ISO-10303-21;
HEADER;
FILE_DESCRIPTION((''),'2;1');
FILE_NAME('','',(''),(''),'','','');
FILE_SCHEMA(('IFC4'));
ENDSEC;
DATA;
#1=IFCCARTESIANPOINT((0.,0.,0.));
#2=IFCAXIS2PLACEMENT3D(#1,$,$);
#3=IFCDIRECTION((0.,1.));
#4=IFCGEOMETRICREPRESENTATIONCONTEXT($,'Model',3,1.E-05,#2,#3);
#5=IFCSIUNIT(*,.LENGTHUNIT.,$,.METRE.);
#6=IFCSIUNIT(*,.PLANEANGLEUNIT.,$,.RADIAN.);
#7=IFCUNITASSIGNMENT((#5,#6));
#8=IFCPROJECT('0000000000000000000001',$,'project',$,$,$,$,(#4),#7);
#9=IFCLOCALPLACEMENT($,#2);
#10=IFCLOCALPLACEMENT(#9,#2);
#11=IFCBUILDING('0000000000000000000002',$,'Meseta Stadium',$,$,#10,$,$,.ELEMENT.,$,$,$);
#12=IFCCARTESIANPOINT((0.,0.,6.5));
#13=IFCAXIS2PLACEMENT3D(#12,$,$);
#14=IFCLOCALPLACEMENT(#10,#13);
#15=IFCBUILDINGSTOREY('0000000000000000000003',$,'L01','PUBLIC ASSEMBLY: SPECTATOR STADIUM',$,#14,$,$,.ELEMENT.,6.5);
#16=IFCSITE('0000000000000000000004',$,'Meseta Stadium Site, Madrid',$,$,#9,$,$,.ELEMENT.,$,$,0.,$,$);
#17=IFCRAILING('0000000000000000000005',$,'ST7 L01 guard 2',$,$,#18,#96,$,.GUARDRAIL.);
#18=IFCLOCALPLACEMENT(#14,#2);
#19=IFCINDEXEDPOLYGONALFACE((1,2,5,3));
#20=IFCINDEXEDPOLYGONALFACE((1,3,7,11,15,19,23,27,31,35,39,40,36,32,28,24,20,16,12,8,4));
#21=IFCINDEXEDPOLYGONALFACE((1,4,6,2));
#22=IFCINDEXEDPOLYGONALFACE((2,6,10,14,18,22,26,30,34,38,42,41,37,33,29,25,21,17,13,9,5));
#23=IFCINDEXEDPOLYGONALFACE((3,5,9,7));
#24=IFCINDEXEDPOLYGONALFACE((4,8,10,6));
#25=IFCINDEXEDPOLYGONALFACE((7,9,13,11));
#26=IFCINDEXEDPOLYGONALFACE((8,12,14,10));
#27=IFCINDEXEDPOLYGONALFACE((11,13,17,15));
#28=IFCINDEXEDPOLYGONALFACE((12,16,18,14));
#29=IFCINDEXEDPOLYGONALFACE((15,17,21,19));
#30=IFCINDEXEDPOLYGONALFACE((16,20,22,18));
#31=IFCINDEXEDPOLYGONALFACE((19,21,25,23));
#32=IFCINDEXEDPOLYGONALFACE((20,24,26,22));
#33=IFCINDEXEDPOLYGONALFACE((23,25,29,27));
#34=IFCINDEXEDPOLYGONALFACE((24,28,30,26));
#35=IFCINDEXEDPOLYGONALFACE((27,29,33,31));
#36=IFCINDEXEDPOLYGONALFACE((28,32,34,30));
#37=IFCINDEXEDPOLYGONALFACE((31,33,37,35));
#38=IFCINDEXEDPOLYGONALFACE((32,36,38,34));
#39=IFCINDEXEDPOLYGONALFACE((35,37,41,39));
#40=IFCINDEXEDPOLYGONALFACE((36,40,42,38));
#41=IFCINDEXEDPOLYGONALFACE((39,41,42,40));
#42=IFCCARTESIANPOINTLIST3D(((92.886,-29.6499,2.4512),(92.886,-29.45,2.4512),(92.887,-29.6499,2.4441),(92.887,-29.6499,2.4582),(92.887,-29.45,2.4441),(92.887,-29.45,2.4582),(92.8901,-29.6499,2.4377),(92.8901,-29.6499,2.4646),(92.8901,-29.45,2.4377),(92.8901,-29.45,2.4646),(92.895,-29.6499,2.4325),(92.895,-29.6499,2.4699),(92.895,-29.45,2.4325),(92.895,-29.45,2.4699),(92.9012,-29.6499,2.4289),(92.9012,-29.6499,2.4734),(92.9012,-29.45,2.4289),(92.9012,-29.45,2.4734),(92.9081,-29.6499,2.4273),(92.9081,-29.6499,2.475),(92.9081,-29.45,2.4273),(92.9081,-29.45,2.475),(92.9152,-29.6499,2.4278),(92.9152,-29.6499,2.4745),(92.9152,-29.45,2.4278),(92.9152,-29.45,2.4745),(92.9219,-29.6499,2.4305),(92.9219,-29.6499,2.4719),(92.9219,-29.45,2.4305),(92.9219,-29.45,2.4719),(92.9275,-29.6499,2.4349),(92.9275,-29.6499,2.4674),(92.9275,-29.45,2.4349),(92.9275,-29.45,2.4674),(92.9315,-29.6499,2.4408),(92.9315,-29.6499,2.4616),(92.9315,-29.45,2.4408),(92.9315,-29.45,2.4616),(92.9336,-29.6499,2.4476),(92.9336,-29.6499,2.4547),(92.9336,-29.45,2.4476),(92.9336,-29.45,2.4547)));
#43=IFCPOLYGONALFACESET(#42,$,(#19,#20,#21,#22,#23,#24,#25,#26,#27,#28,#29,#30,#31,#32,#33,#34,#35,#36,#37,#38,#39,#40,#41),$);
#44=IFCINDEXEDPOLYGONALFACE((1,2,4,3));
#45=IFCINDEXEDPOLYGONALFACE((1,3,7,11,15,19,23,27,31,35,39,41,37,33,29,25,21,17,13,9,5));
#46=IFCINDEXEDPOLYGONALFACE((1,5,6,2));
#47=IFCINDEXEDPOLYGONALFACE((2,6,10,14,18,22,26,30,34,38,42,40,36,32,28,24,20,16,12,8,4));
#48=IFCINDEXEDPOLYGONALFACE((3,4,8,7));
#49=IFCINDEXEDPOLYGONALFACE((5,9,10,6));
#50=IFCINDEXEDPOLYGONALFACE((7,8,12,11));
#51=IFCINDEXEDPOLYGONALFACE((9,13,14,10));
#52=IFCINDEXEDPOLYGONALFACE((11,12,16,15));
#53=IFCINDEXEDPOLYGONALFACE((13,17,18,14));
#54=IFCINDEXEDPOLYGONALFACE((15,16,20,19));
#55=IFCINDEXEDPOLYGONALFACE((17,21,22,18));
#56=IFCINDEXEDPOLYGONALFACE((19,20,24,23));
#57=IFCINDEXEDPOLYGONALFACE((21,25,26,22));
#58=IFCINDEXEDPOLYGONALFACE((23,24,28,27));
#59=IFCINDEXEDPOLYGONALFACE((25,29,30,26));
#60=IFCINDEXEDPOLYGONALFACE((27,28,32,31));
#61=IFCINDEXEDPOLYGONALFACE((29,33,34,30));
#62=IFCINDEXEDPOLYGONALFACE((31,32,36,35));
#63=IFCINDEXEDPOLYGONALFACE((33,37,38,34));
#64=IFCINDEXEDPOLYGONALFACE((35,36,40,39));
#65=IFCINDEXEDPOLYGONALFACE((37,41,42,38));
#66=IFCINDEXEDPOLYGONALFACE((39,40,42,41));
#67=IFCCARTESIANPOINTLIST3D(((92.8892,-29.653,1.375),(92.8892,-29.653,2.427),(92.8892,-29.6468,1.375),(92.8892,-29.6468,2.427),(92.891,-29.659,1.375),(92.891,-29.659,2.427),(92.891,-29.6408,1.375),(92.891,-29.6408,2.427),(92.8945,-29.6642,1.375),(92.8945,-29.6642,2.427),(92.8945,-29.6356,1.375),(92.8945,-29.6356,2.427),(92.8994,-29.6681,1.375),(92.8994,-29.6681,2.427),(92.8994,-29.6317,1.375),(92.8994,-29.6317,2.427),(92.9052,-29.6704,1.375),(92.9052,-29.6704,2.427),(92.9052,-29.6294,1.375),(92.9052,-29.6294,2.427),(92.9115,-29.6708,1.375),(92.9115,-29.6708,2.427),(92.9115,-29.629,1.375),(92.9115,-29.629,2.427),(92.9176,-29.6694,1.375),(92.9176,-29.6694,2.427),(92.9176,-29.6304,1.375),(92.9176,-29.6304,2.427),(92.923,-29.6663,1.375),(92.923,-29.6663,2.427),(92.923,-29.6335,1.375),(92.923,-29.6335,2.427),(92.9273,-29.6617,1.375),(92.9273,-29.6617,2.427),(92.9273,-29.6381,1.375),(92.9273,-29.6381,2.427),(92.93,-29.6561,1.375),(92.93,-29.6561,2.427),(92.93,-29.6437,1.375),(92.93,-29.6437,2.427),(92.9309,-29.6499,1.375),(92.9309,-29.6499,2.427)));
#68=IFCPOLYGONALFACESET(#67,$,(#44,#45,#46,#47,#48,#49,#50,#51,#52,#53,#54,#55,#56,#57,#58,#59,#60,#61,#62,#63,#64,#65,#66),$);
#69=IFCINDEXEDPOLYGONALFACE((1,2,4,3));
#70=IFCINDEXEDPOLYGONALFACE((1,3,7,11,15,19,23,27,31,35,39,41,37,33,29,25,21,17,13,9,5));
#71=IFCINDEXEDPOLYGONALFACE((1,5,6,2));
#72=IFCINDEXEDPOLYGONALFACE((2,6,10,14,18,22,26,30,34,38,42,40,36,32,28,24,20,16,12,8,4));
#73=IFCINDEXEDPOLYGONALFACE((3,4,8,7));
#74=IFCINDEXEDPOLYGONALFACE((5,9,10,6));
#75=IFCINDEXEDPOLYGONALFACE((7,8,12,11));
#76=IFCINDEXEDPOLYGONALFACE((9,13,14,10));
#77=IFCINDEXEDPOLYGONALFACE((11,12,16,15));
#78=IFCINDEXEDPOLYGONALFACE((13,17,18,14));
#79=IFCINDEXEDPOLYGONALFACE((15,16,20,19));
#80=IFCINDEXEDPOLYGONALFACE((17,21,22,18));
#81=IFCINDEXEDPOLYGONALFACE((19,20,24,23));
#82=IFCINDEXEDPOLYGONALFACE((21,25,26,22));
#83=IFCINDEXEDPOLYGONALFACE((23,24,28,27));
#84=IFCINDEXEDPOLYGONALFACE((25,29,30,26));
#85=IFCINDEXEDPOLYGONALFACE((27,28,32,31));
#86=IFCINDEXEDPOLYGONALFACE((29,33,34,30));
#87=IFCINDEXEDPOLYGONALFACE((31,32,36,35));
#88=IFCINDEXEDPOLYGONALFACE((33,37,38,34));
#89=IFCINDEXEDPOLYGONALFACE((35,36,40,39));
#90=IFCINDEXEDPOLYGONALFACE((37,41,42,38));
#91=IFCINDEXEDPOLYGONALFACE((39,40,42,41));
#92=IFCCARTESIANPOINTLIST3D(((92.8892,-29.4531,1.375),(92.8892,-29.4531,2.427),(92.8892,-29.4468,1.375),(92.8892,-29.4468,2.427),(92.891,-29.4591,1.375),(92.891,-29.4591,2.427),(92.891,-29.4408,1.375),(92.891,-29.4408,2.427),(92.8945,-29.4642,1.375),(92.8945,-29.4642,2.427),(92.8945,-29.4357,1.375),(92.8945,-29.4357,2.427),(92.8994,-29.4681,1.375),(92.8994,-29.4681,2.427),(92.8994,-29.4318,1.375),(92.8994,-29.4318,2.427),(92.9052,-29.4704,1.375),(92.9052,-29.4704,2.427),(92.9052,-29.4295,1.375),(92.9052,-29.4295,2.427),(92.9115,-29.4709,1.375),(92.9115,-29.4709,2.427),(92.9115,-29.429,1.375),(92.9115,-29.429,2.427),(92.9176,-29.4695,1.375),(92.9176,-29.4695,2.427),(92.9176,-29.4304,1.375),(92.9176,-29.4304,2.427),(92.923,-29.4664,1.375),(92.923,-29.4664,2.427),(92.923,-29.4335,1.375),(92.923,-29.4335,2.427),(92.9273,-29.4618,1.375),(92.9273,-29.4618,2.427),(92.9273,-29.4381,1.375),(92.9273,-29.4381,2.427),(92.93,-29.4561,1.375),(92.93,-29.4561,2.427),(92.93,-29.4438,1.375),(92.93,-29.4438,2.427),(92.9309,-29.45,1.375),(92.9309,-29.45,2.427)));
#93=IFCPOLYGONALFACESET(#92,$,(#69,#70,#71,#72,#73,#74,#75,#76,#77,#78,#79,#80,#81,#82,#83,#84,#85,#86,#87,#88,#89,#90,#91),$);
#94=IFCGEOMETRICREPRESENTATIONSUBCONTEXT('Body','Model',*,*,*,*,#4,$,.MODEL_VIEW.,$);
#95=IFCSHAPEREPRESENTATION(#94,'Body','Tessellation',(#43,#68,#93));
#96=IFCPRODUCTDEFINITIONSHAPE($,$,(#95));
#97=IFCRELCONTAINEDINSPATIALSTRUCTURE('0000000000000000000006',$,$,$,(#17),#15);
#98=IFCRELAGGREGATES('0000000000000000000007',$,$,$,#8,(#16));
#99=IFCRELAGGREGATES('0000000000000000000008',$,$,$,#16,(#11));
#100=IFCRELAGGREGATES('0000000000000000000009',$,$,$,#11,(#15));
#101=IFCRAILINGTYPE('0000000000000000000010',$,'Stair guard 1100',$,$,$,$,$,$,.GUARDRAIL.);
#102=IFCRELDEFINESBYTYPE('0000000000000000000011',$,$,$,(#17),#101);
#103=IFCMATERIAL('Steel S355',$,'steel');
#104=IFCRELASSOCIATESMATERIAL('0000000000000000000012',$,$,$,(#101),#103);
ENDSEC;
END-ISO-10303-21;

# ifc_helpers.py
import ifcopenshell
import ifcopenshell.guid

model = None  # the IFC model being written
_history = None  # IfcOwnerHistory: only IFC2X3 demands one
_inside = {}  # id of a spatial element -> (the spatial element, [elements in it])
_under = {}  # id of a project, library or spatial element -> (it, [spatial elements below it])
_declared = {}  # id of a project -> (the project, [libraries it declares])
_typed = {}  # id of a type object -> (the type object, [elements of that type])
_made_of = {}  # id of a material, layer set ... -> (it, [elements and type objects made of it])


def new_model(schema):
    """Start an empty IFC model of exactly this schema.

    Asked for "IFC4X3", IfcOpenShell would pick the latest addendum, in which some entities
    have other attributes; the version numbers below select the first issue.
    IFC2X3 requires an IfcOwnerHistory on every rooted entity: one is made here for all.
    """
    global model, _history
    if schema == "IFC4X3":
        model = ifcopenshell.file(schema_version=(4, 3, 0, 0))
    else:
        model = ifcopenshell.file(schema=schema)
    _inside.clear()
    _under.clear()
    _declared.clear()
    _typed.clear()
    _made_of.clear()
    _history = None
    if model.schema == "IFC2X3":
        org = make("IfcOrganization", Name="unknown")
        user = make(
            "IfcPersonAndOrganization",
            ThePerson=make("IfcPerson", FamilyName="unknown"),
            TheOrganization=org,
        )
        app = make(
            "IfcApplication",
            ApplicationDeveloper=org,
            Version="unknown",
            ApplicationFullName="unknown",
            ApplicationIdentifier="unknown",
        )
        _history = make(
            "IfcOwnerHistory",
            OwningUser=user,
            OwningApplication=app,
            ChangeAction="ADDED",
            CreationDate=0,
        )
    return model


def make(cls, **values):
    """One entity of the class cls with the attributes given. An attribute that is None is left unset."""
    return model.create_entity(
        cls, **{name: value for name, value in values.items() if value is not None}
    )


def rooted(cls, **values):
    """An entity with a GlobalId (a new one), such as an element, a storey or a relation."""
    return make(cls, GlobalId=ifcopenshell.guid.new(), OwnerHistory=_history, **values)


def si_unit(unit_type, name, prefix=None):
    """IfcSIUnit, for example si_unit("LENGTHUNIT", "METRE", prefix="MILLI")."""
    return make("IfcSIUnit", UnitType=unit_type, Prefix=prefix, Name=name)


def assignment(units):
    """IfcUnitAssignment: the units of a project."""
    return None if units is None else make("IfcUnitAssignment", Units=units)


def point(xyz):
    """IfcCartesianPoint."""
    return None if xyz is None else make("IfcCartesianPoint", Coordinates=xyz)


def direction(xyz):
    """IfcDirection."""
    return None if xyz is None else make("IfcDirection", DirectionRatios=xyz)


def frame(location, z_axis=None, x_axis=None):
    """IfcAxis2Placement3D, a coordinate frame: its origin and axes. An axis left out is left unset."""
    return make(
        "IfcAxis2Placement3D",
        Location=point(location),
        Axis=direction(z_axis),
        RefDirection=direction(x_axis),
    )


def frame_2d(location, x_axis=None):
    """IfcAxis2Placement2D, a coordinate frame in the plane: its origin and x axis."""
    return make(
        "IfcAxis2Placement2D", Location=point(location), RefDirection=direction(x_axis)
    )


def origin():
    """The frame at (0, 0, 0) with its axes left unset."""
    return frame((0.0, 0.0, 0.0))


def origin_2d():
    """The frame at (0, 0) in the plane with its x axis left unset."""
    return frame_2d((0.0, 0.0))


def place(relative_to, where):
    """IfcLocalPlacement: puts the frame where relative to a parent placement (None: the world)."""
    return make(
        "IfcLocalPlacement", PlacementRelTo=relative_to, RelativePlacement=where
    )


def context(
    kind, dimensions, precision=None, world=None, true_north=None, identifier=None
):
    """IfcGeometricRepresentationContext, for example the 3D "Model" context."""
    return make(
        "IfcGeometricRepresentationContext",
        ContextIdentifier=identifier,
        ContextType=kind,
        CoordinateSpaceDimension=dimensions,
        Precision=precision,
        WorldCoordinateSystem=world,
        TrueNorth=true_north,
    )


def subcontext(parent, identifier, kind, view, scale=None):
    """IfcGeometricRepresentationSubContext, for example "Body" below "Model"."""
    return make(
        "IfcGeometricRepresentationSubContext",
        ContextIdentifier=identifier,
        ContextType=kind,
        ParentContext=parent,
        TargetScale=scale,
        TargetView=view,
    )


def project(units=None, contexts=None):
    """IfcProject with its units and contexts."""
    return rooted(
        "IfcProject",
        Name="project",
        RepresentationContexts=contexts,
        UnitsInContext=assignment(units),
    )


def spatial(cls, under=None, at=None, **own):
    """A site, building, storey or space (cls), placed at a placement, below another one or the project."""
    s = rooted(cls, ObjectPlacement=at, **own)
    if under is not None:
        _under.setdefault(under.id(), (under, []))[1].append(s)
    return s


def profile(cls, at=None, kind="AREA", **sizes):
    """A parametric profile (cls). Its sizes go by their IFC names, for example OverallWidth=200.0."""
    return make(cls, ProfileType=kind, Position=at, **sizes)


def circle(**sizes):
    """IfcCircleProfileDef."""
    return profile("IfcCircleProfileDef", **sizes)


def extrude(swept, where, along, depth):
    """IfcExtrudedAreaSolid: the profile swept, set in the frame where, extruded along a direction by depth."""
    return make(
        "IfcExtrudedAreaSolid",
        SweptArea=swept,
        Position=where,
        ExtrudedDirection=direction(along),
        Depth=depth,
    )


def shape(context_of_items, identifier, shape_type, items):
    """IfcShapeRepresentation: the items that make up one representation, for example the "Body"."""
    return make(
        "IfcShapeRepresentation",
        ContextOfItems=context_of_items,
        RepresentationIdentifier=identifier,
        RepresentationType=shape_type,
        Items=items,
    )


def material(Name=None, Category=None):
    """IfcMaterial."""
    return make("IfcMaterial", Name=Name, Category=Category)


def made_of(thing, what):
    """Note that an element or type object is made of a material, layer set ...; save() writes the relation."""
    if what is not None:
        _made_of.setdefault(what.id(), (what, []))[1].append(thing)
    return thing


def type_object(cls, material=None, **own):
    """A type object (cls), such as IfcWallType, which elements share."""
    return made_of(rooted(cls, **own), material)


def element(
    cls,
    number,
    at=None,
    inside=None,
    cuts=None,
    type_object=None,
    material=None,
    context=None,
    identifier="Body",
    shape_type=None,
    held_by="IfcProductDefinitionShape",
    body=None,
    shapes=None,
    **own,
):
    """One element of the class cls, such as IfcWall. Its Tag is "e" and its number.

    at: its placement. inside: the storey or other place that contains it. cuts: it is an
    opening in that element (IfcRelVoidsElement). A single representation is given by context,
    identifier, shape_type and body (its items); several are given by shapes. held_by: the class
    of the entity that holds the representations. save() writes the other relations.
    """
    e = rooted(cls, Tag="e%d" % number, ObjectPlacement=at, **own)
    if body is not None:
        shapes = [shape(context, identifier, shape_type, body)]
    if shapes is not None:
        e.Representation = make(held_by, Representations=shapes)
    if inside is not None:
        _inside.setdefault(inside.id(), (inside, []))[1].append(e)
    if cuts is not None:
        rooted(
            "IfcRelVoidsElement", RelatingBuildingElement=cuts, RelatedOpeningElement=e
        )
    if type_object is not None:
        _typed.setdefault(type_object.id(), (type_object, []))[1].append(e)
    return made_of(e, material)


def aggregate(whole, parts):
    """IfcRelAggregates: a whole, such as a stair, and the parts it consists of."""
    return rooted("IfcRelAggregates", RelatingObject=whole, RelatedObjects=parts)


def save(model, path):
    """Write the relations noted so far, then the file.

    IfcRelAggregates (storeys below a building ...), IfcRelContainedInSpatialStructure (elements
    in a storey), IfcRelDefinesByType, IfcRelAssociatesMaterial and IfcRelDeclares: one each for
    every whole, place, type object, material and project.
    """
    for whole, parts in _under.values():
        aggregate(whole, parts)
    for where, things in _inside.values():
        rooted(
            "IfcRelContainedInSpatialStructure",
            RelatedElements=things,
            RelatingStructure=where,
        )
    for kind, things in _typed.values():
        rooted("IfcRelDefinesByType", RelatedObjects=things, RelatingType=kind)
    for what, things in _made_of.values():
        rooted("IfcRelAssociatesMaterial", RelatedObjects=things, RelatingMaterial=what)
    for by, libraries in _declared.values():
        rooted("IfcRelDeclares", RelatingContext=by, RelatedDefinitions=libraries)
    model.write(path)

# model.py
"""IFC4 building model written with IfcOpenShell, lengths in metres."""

from ifc_helpers import new_model, si_unit, direction, frame, origin, origin_2d, place, context, subcontext, project, spatial, circle, extrude, material, type_object, element, save


model = new_model("IFC4")

# Units and contexts
model_context = context("Model", 3, precision=1e-05, world=origin(), true_north=direction((0.0, 1.0)))
body_context = subcontext(model_context, "Body", "Model", "MODEL_VIEW")
ifc_project = project(units=[si_unit("LENGTHUNIT", "METRE"), si_unit("PLANEANGLEUNIT", "RADIAN")], contexts=[model_context])

# Site, building, storey
site_placement = place(None, origin())
site = spatial("IfcSite", under=ifc_project, at=site_placement, Name="Meseta Stadium Site, Madrid", CompositionType="ELEMENT", RefElevation=0.0)
building_placement = place(site_placement, origin())
building = spatial("IfcBuilding", under=site, at=building_placement, Name="Meseta Stadium", CompositionType="ELEMENT")
storey_placement = place(building_placement, frame((0.0, 0.0, 6.5)))
storey = spatial("IfcBuildingStorey", under=building, at=storey_placement, Name="L01", Description="PUBLIC ASSEMBLY: SPECTATOR STADIUM", CompositionType="ELEMENT", Elevation=6.5)

# Railing
ifc_material_1 = material(Name="Steel S355", Category="steel")
railing_type_1 = type_object("IfcRailingType", Name="Stair guard 1100", PredefinedType="GUARDRAIL", material=ifc_material_1)
railing_1_placement = place(storey_placement, frame((92.9099, -29.6499, 1.375)))
element("IfcRailing", 1, at=railing_1_placement, inside=storey, type_object=railing_type_1, Name="ST7 L01 guard 2", PredefinedType="GUARDRAIL", context=body_context, shape_type="SweptSolid", body=[
    extrude(circle(Radius=0.0239, at=origin_2d()), frame((0.0, 0.0, 1.0762), z_axis=(0.0, 1.0, 0.0), x_axis=(-1.0, 0.0, 0.0)), (0.0, 0.0, 1.0), 0.2),
    extrude(circle(Radius=0.021, at=origin_2d()), origin(), (0.0, 0.0, 1.0), 1.052),
    extrude(circle(Radius=0.021, at=origin_2d()), frame((0.0, 0.2, 0.0)), (0.0, 0.0, 1.0), 1.052),
])

save(model, "model.ifc")
